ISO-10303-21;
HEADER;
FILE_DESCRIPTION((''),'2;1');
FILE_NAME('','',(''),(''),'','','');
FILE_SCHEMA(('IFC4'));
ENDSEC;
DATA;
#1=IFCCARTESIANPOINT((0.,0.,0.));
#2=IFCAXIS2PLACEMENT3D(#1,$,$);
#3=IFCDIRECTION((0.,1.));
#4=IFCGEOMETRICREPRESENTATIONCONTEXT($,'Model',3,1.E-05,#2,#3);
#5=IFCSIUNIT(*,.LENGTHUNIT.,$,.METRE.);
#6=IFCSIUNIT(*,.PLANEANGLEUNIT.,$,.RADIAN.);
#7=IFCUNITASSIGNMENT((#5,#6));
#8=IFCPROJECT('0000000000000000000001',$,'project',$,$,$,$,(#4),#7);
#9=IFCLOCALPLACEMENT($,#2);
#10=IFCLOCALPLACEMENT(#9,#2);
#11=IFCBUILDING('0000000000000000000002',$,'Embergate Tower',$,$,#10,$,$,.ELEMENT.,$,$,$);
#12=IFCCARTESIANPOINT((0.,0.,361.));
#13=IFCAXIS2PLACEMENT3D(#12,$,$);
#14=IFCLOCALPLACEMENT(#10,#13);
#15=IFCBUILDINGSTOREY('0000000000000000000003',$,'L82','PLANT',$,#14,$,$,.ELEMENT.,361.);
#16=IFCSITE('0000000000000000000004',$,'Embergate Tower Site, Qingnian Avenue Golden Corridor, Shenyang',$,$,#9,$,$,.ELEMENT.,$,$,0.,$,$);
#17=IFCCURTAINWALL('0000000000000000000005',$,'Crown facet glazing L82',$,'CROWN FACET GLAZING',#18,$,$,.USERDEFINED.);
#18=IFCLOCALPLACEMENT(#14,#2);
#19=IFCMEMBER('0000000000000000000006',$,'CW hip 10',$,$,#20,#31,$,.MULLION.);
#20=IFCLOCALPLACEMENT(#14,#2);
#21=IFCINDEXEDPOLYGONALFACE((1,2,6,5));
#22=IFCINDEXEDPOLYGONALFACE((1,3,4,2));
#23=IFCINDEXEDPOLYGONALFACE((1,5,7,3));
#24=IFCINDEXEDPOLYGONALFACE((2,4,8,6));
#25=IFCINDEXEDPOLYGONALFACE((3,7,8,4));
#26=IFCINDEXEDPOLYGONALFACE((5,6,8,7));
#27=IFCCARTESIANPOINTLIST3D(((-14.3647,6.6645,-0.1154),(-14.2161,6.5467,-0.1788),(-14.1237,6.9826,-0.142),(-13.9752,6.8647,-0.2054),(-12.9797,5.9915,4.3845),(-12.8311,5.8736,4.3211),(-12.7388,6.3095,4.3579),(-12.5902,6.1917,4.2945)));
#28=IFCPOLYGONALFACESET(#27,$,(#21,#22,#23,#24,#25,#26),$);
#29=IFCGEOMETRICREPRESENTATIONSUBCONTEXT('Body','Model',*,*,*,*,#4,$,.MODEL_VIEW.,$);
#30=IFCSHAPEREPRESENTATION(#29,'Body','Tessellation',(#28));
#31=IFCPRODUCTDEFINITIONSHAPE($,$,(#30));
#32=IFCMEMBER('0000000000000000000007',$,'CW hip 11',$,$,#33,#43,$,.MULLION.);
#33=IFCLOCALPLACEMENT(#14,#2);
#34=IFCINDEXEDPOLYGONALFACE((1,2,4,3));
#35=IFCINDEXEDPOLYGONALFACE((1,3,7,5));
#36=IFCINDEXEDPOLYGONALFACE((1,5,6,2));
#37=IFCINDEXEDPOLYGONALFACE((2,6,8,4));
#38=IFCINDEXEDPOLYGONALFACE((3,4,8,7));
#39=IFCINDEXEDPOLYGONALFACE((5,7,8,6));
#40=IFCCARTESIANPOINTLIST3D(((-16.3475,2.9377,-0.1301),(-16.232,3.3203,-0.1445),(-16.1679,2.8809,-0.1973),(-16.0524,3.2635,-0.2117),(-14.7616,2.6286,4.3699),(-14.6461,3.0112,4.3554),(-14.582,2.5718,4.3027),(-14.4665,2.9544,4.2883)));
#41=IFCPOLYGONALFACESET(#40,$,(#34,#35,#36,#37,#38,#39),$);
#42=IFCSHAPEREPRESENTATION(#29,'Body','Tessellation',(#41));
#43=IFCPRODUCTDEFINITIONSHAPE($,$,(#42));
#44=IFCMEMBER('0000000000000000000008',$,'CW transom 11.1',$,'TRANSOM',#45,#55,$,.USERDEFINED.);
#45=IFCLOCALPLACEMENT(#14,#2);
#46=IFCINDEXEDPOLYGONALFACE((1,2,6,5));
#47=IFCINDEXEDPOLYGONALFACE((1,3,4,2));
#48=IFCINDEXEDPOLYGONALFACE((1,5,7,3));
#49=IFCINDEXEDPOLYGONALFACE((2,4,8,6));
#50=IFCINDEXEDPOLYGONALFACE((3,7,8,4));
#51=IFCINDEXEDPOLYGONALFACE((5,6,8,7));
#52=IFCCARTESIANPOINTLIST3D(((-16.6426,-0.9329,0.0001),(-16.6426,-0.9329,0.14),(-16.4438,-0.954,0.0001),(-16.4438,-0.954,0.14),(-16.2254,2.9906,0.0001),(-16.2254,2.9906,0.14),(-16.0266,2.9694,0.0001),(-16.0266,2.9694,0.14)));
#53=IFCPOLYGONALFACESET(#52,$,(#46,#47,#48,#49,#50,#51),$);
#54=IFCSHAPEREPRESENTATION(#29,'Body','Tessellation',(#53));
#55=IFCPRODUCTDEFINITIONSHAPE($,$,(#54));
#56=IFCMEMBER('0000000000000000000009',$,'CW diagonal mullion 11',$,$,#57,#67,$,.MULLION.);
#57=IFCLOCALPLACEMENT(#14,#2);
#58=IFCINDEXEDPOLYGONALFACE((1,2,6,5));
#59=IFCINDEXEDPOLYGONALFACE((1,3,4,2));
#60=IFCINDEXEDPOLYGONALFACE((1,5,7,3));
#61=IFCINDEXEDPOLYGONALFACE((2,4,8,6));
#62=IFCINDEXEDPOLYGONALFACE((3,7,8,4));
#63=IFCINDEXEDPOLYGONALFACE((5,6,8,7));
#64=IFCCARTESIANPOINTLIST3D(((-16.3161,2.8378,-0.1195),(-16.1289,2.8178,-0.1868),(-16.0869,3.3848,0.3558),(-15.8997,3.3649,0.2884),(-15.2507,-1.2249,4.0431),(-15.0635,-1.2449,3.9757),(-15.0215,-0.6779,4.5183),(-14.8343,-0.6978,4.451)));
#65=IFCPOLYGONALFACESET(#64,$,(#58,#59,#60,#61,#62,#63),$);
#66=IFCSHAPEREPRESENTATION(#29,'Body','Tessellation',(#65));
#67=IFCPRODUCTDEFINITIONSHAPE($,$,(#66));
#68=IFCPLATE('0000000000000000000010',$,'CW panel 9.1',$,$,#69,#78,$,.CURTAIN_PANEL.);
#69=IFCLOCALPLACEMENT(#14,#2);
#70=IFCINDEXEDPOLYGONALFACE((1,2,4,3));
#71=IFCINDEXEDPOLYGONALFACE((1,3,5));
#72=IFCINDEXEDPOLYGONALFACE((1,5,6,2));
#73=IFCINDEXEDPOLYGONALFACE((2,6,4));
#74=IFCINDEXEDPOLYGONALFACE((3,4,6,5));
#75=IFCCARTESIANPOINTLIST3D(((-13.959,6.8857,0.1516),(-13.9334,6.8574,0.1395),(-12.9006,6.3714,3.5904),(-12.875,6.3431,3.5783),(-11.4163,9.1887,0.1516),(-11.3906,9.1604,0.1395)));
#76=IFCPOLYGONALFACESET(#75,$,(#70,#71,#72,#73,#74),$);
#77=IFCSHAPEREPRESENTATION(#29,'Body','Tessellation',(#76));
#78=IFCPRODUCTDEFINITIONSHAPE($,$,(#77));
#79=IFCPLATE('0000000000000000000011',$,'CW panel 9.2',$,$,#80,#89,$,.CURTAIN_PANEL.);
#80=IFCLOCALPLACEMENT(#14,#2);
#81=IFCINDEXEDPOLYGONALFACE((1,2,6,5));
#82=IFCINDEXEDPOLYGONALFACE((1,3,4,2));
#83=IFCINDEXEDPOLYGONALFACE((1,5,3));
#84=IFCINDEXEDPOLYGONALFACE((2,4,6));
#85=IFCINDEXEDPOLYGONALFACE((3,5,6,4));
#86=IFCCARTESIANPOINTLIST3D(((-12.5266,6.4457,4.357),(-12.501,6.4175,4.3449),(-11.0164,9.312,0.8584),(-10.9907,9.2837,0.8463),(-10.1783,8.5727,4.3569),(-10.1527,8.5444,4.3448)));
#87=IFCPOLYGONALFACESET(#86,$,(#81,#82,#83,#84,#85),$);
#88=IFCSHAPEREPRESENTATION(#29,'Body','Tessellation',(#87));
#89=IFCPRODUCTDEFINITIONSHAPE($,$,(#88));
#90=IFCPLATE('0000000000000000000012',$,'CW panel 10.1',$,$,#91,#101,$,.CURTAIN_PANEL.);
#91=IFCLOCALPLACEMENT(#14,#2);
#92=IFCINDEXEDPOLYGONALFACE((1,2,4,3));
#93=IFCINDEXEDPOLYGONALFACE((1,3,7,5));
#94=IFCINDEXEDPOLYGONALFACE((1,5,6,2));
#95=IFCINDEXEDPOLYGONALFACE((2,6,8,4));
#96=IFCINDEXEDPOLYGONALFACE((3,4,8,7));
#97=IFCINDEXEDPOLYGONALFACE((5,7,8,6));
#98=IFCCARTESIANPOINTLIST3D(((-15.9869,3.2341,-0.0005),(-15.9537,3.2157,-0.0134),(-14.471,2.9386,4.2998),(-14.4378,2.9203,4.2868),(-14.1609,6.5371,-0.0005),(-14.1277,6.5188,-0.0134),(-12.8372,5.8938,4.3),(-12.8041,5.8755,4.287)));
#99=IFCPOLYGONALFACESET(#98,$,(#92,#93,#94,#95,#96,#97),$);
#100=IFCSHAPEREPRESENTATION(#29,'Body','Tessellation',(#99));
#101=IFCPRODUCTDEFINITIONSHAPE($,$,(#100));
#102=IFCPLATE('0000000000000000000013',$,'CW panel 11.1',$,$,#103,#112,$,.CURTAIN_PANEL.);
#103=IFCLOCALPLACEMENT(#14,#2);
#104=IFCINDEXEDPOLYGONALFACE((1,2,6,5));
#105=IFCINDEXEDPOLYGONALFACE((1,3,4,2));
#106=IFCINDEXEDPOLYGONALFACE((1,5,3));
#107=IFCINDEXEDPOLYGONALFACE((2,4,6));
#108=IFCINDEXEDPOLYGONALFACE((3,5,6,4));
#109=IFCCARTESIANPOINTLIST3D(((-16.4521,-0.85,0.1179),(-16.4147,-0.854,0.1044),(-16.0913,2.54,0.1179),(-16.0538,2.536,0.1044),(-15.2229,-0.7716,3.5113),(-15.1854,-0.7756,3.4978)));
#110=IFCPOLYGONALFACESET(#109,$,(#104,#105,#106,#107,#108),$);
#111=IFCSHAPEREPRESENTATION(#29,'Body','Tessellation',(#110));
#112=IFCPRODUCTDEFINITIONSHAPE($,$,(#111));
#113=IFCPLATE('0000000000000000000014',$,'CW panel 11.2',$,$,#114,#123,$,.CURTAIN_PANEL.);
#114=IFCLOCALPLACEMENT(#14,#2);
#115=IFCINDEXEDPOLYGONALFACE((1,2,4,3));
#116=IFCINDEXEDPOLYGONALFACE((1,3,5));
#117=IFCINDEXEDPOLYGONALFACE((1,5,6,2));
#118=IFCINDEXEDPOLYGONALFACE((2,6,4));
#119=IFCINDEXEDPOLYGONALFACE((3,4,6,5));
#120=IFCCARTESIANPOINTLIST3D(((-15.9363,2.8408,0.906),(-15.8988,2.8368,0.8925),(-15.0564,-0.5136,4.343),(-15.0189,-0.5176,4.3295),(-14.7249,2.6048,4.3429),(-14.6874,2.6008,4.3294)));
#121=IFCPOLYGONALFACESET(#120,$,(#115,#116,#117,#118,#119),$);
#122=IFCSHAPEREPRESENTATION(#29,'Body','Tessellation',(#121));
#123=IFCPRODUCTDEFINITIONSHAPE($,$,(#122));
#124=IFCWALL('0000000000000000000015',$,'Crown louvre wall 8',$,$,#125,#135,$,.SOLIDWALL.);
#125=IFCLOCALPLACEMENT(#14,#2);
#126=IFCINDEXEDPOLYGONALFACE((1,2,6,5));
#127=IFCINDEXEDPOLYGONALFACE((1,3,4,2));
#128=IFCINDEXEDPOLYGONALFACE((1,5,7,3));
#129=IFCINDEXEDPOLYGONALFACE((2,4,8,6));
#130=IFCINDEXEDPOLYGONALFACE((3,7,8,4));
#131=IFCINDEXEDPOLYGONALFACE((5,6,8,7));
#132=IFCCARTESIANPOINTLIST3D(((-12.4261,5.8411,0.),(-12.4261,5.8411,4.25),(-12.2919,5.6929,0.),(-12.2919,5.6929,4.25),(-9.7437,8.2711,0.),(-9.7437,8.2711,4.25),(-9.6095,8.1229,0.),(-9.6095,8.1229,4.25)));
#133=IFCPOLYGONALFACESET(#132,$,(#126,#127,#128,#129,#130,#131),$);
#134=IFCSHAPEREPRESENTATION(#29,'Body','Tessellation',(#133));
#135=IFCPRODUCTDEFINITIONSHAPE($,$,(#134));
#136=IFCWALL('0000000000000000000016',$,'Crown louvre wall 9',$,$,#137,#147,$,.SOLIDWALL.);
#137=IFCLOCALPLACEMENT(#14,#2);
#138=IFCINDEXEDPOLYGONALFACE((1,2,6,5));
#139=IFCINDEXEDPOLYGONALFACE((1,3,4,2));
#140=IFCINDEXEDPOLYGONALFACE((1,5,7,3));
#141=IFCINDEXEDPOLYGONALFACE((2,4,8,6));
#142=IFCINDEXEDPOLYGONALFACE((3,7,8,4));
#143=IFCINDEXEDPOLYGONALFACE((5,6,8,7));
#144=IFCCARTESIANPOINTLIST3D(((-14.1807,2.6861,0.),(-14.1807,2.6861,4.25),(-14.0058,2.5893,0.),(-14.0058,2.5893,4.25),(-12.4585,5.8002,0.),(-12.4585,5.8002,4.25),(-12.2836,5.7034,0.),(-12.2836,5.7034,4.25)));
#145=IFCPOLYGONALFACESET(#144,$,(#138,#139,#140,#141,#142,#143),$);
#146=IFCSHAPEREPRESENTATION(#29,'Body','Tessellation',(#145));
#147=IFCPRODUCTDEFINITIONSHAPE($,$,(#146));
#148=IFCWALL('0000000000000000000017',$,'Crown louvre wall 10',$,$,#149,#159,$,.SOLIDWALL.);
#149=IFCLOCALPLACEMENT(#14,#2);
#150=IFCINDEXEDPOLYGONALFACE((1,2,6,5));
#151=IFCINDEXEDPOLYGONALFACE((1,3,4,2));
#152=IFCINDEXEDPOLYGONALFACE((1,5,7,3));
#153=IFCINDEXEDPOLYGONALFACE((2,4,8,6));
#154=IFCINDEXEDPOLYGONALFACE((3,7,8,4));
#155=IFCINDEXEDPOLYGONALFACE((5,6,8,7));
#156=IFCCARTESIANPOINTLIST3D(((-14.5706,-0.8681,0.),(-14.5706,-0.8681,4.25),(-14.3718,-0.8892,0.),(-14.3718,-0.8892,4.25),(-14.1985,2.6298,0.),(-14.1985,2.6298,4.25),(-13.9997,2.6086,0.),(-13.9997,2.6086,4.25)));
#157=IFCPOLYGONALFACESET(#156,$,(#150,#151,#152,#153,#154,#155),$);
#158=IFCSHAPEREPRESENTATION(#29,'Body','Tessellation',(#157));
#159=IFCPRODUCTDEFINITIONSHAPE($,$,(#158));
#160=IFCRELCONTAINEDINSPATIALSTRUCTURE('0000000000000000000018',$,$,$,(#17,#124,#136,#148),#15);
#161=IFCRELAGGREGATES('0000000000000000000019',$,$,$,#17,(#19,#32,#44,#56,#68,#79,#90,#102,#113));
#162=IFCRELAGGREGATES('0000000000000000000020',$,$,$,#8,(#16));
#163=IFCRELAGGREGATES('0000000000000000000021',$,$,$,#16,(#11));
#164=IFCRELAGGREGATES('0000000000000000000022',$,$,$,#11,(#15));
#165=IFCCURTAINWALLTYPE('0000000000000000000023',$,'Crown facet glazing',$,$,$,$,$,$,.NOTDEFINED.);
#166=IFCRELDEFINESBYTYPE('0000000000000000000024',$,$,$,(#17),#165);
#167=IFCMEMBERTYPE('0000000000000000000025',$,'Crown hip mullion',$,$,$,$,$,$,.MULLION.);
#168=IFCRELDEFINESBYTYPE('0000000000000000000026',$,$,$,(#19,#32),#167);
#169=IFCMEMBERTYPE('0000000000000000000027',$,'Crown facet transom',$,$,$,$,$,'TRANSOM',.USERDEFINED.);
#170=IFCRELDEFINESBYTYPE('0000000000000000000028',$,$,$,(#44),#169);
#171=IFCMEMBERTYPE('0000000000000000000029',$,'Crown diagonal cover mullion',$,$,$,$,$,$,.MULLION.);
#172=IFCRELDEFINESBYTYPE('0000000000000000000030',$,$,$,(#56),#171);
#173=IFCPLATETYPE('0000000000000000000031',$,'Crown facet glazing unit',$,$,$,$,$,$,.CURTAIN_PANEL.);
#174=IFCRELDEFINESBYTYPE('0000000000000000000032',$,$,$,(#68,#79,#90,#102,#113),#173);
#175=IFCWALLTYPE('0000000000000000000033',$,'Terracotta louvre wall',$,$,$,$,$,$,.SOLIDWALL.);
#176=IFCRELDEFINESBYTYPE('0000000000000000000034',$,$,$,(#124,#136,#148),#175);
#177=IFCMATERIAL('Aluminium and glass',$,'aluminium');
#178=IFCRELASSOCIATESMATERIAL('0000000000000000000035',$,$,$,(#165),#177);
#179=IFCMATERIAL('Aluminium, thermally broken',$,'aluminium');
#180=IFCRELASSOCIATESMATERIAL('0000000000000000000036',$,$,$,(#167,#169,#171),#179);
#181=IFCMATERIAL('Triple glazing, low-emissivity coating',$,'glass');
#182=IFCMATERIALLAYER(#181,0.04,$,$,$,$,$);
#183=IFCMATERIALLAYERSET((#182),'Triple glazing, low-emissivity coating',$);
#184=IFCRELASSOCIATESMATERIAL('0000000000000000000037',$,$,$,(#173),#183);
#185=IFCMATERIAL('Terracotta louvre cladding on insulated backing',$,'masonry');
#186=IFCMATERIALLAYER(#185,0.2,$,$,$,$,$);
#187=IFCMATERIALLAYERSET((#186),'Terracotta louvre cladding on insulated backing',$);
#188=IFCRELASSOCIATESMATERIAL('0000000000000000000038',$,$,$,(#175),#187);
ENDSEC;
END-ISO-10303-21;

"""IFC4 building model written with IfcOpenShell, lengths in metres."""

from ifc_helpers import new_model, si_unit, direction, frame, frame_2d, origin, origin_2d, place, context, subcontext, project, spatial, polyline, rectangle, outline, extrude, source, transform, mapped, material, layer, layer_set, material_profile, profile_set, type_object, element, aggregate, save


model = new_model("IFC4")

# Units and contexts
model_context = context("Model", 3, precision=1e-05, world=origin(), true_north=direction((0.0, 1.0)))
body_context = subcontext(model_context, "Body", "Model", "MODEL_VIEW")
ifc_project = project(units=[si_unit("LENGTHUNIT", "METRE"), si_unit("PLANEANGLEUNIT", "RADIAN")], contexts=[model_context])

# Site, building, storey
site_placement = place(None, origin())
site = spatial("IfcSite", under=ifc_project, at=site_placement, Name="Embergate Tower Site, Qingnian Avenue Golden Corridor, Shenyang", CompositionType="ELEMENT", RefElevation=0.0)
building_placement = place(site_placement, origin())
building = spatial("IfcBuilding", under=site, at=building_placement, Name="Embergate Tower", CompositionType="ELEMENT")
storey_placement = place(building_placement, frame((0.0, 0.0, 361.0)))
storey = spatial("IfcBuildingStorey", under=building, at=storey_placement, Name="L82", Description="PLANT", CompositionType="ELEMENT", Elevation=361.0)

# Curtain wall, members, plates
ifc_material_1 = material(Name="Aluminium and glass", Category="aluminium")
curtain_wall_type = type_object("IfcCurtainWallType", Name="Crown facet glazing", PredefinedType="NOTDEFINED", material=ifc_material_1)
curtain_wall_placement = place(storey_placement, origin())
curtain_wall = element("IfcCurtainWall", 1, at=curtain_wall_placement, inside=storey, type_object=curtain_wall_type, Name="Crown facet glazing L82", ObjectType="CROWN FACET GLAZING", PredefinedType="USERDEFINED")
ifc_material_2 = material(Name="Aluminium, thermally broken", Category="aluminium")
ifc_material_profile_1 = material_profile(ifc_material_2, rectangle(XDim=0.2, YDim=0.3999, at=origin_2d()), Name="AL 400x200")
ifc_profile_set_1 = profile_set([ifc_material_profile_1], Name="Aluminium, thermally broken")
member_type_1 = type_object("IfcMemberType", Name="Crown hip mullion", PredefinedType="MULLION", material=ifc_profile_set_1)
ifc_material_profile_2 = material_profile(ifc_material_2, rectangle(XDim=0.2, YDim=0.1399, at=origin_2d()), Name="AL 140x200")
ifc_profile_set_2 = profile_set([ifc_material_profile_2], Name="Aluminium, thermally broken")
member_type_2 = type_object("IfcMemberType", Name="Crown facet transom", ElementType="TRANSOM", PredefinedType="USERDEFINED", material=ifc_profile_set_2)
shared_shape_1 = source(origin(), body_context, "Body", "SweptSolid", [
    extrude(rectangle(XDim=0.2, YDim=0.3999, at=origin_2d()), origin(), (0.0, 0.0, 1.0), 4.7561),
])
member_1_placement = place(storey_placement, frame((-14.1699, 6.7646, -0.1604), z_axis=(0.291202, -0.14152, 0.946136), x_axis=(-0.743081, 0.589426, 0.31687)))
member_1 = element("IfcMember", 2, at=member_1_placement, type_object=member_type_1, Name="CW hip 10", PredefinedType="MULLION", context=body_context, shape_type="MappedRepresentation", body=[
    mapped(shared_shape_1, transform((0.0, 0.0, 0.0))),
])
shared_shape_2 = source(origin(), body_context, "Body", "SweptSolid", [
    extrude(rectangle(XDim=0.2, YDim=0.3999, at=origin_2d()), origin(), (0.0, 0.0, 1.0), 4.7812),
])
member_2_placement = place(storey_placement, frame((-16.2, 3.1006, -0.1709), z_axis=(0.331697, -0.064644, 0.941169), x_axis=(-0.898083, 0.28381, 0.336005)))
member_2 = element("IfcMember", 3, at=member_2_placement, type_object=member_type_1, Name="CW hip 11", PredefinedType="MULLION", context=body_context, shape_type="MappedRepresentation", body=[
    mapped(shared_shape_2, transform((0.0, 0.0, 0.0))),
])
shared_shape_3 = source(origin(), body_context, "Body", "SweptSolid", [
    extrude(rectangle(XDim=0.2, YDim=0.1399, at=origin_2d()), origin(), (0.0, 0.0, 1.0), 3.9456),
])
member_3_placement = place(storey_placement, frame((-16.126, 2.98, 0.0701), z_axis=(-0.105751, -0.994393, 0.0), x_axis=(0.994393, -0.105751, 0.0)))
member_3 = element("IfcMember", 4, at=member_3_placement, type_object=member_type_2, Name="CW transom 11.1", ObjectType="TRANSOM", PredefinedType="USERDEFINED", context=body_context, shape_type="MappedRepresentation", body=[
    mapped(shared_shape_3, transform((0.0, 0.0, 0.0))),
])
ifc_material_profile_3 = material_profile(ifc_material_2, rectangle(XDim=0.2, YDim=0.76, at=origin_2d()), Name="AL 760x200")
ifc_profile_set_3 = profile_set([ifc_material_profile_3], Name="Aluminium, thermally broken")
member_type_3 = type_object("IfcMemberType", Name="Crown diagonal cover mullion", PredefinedType="MULLION", material=ifc_profile_set_3)
shared_shape_4 = source(origin(), body_context, "Body", "SweptSolid", [
    extrude(rectangle(XDim=0.2, YDim=0.76, at=origin_2d()), origin(), (0.0, 0.0, 1.0), 5.9133),
])
member_4_placement = place(storey_placement, frame((-16.1079, 3.1013, 0.0845), z_axis=(0.180172, -0.687041, 0.703927), x_axis=(-0.936279, 0.099589, 0.336843)))
member_4 = element("IfcMember", 5, at=member_4_placement, type_object=member_type_3, Name="CW diagonal mullion 11", PredefinedType="MULLION", context=body_context, shape_type="MappedRepresentation", body=[
    mapped(shared_shape_4, transform((0.0, 0.0, 0.0))),
])
ifc_material_3 = material(Name="Triple glazing, low-emissivity coating", Category="glass")
ifc_layer_1 = layer(ifc_material_3, 0.04)
ifc_layer_set_1 = layer_set([ifc_layer_1], Name="Triple glazing, low-emissivity coating")
plate_type = type_object("IfcPlateType", Name="Crown facet glazing unit", PredefinedType="CURTAIN_PANEL", material=ifc_layer_set_1)
shared_shape_5 = source(origin(), body_context, "Body", "SweptSolid", [
    extrude(outline(polyline([(0.0, 0.0), (3.4307, 0.0), (2.9915, 3.6079), (0.0, 0.0)])), origin(), (0.0, 0.0, -1.0), 0.04),
])
plate_1_placement = place(storey_placement, frame((-11.4163, 9.1887, 0.1516), z_axis=(-0.639829, 0.706437, 0.3026), x_axis=(-0.741185, -0.671301, 0.0)))
plate_1 = element("IfcPlate", 6, at=plate_1_placement, type_object=plate_type, Name="CW panel 9.1", PredefinedType="CURTAIN_PANEL", context=body_context, shape_type="MappedRepresentation", body=[
    mapped(shared_shape_5, transform((0.0, 0.0, 0.0))),
])
shared_shape_6 = source(origin(), body_context, "Body", "SweptSolid", [
    extrude(outline(polyline([(0.0, 0.0), (4.7683, 0.0), (2.7458, 2.439), (0.0, 0.0)])), origin(), (0.0, 0.0, -1.0), 0.04),
])
plate_2_placement = place(storey_placement, frame((-11.0164, 9.312, 0.8584), z_axis=(-0.639835, 0.706448, 0.30256), x_axis=(-0.316734, -0.601109, 0.733722)))
plate_2 = element("IfcPlate", 7, at=plate_2_placement, type_object=plate_type, Name="CW panel 9.2", PredefinedType="CURTAIN_PANEL", context=body_context, shape_type="MappedRepresentation", body=[
    mapped(shared_shape_6, transform((0.0, 0.0, 0.0))),
])
shared_shape_7 = source(origin(), body_context, "Body", "SweptSolid", [
    extrude(outline(polyline([(0.0, 0.0), (3.7742, 0.0), (3.2993, 4.5444), (-0.0774, 4.5447), (0.0, 0.0)])), origin(), (0.0, 0.0, -1.0), 0.04),
])
plate_3_placement = place(storey_placement, frame((-14.1609, 6.5371, -0.0005), z_axis=(-0.828145, 0.457821, 0.323383), x_axis=(-0.483816, -0.87517, 0.000003)))
plate_3 = element("IfcPlate", 8, at=plate_3_placement, type_object=plate_type, Name="CW panel 10.1", PredefinedType="CURTAIN_PANEL", context=body_context, shape_type="MappedRepresentation", body=[
    mapped(shared_shape_7, transform((0.0, 0.0, 0.0))),
])
shared_shape_8 = source(origin(), body_context, "Body", "SweptSolid", [
    extrude(outline(polyline([(0.0, 0.0), (3.4092, 0.0), (3.2012, 3.604), (0.0, 0.0)])), origin(), (0.0, 0.0, -1.0), 0.04),
])
plate_4_placement = place(storey_placement, frame((-16.0913, 2.54, 0.1179), z_axis=(-0.936264, 0.099654, 0.336866), x_axis=(-0.10584, -0.994383, 0.0)))
plate_4 = element("IfcPlate", 9, at=plate_4_placement, type_object=plate_type, Name="CW panel 11.1", PredefinedType="CURTAIN_PANEL", context=body_context, shape_type="MappedRepresentation", body=[
    mapped(shared_shape_8, transform((0.0, 0.0, 0.0))),
])
shared_shape_9 = source(origin(), body_context, "Body", "SweptSolid", [
    extrude(outline(polyline([(0.0, 0.0), (4.8826, 0.0), (2.7998, 2.3445), (0.0, 0.0)])), origin(), (0.0, 0.0, -1.0), 0.04),
])
plate_5_placement = place(storey_placement, frame((-15.9363, 2.8408, 0.906), z_axis=(-0.936283, 0.099544, 0.336845), x_axis=(0.180208, -0.687029, 0.703929)))
plate_5 = element("IfcPlate", 10, at=plate_5_placement, type_object=plate_type, Name="CW panel 11.2", PredefinedType="CURTAIN_PANEL", context=body_context, shape_type="MappedRepresentation", body=[
    mapped(shared_shape_9, transform((0.0, 0.0, 0.0))),
])
aggregate(curtain_wall, [member_1, member_2, member_3, member_4, plate_1, plate_2, plate_3, plate_4, plate_5])

# Walls
ifc_material_4 = material(Name="Terracotta louvre cladding on insulated backing", Category="masonry")
ifc_layer_2 = layer(ifc_material_4, 0.2)
ifc_layer_set_2 = layer_set([ifc_layer_2], Name="Terracotta louvre cladding on insulated backing")
wall_type = type_object("IfcWallType", Name="Terracotta louvre wall", PredefinedType="SOLIDWALL", material=ifc_layer_set_2)
shared_shape_10 = source(origin(), body_context, "Body", "SweptSolid", [
    extrude(rectangle(XDim=3.6194, YDim=0.2, at=frame_2d((1.8096, 0.0))), origin(), (0.0, 0.0, 1.0), 4.25),
])
wall_1_placement = place(storey_placement, frame((-12.3589, 5.7671, 0.0), z_axis=(0.0, 0.0, 1.0), x_axis=(0.74112, 0.671372, 0.0)))
element("IfcWall", 11, at=wall_1_placement, inside=storey, type_object=wall_type, Name="Crown louvre wall 8", PredefinedType="SOLIDWALL", context=body_context, shape_type="MappedRepresentation", body=[
    mapped(shared_shape_10, transform((0.0, 0.0, 0.0))),
])
shared_shape_11 = source(origin(), body_context, "Body", "SweptSolid", [
    extrude(rectangle(XDim=3.5586, YDim=0.2, at=frame_2d((1.7793, 0.0))), origin(), (0.0, 0.0, 1.0), 4.25),
])
wall_2_placement = place(storey_placement, frame((-14.0933, 2.6377, 0.0), z_axis=(0.0, 0.0, 1.0), x_axis=(0.483959, 0.875091, 0.0)))
element("IfcWall", 12, at=wall_2_placement, inside=storey, type_object=wall_type, Name="Crown louvre wall 9", PredefinedType="SOLIDWALL", context=body_context, shape_type="MappedRepresentation", body=[
    mapped(shared_shape_11, transform((0.0, 0.0, 0.0))),
])
shared_shape_12 = source(origin(), body_context, "Body", "SweptSolid", [
    extrude(rectangle(XDim=3.5176, YDim=0.2, at=frame_2d((1.7588, 0.0))), origin(), (0.0, 0.0, 1.0), 4.25),
])
wall_3_placement = place(storey_placement, frame((-14.4712, -0.8787, 0.0), z_axis=(0.0, 0.0, 1.0), x_axis=(0.105776, 0.99439, 0.0)))
element("IfcWall", 13, at=wall_3_placement, inside=storey, type_object=wall_type, Name="Crown louvre wall 10", PredefinedType="SOLIDWALL", context=body_context, shape_type="MappedRepresentation", body=[
    mapped(shared_shape_12, transform((0.0, 0.0, 0.0))),
])

save(model, "model.ifc")
